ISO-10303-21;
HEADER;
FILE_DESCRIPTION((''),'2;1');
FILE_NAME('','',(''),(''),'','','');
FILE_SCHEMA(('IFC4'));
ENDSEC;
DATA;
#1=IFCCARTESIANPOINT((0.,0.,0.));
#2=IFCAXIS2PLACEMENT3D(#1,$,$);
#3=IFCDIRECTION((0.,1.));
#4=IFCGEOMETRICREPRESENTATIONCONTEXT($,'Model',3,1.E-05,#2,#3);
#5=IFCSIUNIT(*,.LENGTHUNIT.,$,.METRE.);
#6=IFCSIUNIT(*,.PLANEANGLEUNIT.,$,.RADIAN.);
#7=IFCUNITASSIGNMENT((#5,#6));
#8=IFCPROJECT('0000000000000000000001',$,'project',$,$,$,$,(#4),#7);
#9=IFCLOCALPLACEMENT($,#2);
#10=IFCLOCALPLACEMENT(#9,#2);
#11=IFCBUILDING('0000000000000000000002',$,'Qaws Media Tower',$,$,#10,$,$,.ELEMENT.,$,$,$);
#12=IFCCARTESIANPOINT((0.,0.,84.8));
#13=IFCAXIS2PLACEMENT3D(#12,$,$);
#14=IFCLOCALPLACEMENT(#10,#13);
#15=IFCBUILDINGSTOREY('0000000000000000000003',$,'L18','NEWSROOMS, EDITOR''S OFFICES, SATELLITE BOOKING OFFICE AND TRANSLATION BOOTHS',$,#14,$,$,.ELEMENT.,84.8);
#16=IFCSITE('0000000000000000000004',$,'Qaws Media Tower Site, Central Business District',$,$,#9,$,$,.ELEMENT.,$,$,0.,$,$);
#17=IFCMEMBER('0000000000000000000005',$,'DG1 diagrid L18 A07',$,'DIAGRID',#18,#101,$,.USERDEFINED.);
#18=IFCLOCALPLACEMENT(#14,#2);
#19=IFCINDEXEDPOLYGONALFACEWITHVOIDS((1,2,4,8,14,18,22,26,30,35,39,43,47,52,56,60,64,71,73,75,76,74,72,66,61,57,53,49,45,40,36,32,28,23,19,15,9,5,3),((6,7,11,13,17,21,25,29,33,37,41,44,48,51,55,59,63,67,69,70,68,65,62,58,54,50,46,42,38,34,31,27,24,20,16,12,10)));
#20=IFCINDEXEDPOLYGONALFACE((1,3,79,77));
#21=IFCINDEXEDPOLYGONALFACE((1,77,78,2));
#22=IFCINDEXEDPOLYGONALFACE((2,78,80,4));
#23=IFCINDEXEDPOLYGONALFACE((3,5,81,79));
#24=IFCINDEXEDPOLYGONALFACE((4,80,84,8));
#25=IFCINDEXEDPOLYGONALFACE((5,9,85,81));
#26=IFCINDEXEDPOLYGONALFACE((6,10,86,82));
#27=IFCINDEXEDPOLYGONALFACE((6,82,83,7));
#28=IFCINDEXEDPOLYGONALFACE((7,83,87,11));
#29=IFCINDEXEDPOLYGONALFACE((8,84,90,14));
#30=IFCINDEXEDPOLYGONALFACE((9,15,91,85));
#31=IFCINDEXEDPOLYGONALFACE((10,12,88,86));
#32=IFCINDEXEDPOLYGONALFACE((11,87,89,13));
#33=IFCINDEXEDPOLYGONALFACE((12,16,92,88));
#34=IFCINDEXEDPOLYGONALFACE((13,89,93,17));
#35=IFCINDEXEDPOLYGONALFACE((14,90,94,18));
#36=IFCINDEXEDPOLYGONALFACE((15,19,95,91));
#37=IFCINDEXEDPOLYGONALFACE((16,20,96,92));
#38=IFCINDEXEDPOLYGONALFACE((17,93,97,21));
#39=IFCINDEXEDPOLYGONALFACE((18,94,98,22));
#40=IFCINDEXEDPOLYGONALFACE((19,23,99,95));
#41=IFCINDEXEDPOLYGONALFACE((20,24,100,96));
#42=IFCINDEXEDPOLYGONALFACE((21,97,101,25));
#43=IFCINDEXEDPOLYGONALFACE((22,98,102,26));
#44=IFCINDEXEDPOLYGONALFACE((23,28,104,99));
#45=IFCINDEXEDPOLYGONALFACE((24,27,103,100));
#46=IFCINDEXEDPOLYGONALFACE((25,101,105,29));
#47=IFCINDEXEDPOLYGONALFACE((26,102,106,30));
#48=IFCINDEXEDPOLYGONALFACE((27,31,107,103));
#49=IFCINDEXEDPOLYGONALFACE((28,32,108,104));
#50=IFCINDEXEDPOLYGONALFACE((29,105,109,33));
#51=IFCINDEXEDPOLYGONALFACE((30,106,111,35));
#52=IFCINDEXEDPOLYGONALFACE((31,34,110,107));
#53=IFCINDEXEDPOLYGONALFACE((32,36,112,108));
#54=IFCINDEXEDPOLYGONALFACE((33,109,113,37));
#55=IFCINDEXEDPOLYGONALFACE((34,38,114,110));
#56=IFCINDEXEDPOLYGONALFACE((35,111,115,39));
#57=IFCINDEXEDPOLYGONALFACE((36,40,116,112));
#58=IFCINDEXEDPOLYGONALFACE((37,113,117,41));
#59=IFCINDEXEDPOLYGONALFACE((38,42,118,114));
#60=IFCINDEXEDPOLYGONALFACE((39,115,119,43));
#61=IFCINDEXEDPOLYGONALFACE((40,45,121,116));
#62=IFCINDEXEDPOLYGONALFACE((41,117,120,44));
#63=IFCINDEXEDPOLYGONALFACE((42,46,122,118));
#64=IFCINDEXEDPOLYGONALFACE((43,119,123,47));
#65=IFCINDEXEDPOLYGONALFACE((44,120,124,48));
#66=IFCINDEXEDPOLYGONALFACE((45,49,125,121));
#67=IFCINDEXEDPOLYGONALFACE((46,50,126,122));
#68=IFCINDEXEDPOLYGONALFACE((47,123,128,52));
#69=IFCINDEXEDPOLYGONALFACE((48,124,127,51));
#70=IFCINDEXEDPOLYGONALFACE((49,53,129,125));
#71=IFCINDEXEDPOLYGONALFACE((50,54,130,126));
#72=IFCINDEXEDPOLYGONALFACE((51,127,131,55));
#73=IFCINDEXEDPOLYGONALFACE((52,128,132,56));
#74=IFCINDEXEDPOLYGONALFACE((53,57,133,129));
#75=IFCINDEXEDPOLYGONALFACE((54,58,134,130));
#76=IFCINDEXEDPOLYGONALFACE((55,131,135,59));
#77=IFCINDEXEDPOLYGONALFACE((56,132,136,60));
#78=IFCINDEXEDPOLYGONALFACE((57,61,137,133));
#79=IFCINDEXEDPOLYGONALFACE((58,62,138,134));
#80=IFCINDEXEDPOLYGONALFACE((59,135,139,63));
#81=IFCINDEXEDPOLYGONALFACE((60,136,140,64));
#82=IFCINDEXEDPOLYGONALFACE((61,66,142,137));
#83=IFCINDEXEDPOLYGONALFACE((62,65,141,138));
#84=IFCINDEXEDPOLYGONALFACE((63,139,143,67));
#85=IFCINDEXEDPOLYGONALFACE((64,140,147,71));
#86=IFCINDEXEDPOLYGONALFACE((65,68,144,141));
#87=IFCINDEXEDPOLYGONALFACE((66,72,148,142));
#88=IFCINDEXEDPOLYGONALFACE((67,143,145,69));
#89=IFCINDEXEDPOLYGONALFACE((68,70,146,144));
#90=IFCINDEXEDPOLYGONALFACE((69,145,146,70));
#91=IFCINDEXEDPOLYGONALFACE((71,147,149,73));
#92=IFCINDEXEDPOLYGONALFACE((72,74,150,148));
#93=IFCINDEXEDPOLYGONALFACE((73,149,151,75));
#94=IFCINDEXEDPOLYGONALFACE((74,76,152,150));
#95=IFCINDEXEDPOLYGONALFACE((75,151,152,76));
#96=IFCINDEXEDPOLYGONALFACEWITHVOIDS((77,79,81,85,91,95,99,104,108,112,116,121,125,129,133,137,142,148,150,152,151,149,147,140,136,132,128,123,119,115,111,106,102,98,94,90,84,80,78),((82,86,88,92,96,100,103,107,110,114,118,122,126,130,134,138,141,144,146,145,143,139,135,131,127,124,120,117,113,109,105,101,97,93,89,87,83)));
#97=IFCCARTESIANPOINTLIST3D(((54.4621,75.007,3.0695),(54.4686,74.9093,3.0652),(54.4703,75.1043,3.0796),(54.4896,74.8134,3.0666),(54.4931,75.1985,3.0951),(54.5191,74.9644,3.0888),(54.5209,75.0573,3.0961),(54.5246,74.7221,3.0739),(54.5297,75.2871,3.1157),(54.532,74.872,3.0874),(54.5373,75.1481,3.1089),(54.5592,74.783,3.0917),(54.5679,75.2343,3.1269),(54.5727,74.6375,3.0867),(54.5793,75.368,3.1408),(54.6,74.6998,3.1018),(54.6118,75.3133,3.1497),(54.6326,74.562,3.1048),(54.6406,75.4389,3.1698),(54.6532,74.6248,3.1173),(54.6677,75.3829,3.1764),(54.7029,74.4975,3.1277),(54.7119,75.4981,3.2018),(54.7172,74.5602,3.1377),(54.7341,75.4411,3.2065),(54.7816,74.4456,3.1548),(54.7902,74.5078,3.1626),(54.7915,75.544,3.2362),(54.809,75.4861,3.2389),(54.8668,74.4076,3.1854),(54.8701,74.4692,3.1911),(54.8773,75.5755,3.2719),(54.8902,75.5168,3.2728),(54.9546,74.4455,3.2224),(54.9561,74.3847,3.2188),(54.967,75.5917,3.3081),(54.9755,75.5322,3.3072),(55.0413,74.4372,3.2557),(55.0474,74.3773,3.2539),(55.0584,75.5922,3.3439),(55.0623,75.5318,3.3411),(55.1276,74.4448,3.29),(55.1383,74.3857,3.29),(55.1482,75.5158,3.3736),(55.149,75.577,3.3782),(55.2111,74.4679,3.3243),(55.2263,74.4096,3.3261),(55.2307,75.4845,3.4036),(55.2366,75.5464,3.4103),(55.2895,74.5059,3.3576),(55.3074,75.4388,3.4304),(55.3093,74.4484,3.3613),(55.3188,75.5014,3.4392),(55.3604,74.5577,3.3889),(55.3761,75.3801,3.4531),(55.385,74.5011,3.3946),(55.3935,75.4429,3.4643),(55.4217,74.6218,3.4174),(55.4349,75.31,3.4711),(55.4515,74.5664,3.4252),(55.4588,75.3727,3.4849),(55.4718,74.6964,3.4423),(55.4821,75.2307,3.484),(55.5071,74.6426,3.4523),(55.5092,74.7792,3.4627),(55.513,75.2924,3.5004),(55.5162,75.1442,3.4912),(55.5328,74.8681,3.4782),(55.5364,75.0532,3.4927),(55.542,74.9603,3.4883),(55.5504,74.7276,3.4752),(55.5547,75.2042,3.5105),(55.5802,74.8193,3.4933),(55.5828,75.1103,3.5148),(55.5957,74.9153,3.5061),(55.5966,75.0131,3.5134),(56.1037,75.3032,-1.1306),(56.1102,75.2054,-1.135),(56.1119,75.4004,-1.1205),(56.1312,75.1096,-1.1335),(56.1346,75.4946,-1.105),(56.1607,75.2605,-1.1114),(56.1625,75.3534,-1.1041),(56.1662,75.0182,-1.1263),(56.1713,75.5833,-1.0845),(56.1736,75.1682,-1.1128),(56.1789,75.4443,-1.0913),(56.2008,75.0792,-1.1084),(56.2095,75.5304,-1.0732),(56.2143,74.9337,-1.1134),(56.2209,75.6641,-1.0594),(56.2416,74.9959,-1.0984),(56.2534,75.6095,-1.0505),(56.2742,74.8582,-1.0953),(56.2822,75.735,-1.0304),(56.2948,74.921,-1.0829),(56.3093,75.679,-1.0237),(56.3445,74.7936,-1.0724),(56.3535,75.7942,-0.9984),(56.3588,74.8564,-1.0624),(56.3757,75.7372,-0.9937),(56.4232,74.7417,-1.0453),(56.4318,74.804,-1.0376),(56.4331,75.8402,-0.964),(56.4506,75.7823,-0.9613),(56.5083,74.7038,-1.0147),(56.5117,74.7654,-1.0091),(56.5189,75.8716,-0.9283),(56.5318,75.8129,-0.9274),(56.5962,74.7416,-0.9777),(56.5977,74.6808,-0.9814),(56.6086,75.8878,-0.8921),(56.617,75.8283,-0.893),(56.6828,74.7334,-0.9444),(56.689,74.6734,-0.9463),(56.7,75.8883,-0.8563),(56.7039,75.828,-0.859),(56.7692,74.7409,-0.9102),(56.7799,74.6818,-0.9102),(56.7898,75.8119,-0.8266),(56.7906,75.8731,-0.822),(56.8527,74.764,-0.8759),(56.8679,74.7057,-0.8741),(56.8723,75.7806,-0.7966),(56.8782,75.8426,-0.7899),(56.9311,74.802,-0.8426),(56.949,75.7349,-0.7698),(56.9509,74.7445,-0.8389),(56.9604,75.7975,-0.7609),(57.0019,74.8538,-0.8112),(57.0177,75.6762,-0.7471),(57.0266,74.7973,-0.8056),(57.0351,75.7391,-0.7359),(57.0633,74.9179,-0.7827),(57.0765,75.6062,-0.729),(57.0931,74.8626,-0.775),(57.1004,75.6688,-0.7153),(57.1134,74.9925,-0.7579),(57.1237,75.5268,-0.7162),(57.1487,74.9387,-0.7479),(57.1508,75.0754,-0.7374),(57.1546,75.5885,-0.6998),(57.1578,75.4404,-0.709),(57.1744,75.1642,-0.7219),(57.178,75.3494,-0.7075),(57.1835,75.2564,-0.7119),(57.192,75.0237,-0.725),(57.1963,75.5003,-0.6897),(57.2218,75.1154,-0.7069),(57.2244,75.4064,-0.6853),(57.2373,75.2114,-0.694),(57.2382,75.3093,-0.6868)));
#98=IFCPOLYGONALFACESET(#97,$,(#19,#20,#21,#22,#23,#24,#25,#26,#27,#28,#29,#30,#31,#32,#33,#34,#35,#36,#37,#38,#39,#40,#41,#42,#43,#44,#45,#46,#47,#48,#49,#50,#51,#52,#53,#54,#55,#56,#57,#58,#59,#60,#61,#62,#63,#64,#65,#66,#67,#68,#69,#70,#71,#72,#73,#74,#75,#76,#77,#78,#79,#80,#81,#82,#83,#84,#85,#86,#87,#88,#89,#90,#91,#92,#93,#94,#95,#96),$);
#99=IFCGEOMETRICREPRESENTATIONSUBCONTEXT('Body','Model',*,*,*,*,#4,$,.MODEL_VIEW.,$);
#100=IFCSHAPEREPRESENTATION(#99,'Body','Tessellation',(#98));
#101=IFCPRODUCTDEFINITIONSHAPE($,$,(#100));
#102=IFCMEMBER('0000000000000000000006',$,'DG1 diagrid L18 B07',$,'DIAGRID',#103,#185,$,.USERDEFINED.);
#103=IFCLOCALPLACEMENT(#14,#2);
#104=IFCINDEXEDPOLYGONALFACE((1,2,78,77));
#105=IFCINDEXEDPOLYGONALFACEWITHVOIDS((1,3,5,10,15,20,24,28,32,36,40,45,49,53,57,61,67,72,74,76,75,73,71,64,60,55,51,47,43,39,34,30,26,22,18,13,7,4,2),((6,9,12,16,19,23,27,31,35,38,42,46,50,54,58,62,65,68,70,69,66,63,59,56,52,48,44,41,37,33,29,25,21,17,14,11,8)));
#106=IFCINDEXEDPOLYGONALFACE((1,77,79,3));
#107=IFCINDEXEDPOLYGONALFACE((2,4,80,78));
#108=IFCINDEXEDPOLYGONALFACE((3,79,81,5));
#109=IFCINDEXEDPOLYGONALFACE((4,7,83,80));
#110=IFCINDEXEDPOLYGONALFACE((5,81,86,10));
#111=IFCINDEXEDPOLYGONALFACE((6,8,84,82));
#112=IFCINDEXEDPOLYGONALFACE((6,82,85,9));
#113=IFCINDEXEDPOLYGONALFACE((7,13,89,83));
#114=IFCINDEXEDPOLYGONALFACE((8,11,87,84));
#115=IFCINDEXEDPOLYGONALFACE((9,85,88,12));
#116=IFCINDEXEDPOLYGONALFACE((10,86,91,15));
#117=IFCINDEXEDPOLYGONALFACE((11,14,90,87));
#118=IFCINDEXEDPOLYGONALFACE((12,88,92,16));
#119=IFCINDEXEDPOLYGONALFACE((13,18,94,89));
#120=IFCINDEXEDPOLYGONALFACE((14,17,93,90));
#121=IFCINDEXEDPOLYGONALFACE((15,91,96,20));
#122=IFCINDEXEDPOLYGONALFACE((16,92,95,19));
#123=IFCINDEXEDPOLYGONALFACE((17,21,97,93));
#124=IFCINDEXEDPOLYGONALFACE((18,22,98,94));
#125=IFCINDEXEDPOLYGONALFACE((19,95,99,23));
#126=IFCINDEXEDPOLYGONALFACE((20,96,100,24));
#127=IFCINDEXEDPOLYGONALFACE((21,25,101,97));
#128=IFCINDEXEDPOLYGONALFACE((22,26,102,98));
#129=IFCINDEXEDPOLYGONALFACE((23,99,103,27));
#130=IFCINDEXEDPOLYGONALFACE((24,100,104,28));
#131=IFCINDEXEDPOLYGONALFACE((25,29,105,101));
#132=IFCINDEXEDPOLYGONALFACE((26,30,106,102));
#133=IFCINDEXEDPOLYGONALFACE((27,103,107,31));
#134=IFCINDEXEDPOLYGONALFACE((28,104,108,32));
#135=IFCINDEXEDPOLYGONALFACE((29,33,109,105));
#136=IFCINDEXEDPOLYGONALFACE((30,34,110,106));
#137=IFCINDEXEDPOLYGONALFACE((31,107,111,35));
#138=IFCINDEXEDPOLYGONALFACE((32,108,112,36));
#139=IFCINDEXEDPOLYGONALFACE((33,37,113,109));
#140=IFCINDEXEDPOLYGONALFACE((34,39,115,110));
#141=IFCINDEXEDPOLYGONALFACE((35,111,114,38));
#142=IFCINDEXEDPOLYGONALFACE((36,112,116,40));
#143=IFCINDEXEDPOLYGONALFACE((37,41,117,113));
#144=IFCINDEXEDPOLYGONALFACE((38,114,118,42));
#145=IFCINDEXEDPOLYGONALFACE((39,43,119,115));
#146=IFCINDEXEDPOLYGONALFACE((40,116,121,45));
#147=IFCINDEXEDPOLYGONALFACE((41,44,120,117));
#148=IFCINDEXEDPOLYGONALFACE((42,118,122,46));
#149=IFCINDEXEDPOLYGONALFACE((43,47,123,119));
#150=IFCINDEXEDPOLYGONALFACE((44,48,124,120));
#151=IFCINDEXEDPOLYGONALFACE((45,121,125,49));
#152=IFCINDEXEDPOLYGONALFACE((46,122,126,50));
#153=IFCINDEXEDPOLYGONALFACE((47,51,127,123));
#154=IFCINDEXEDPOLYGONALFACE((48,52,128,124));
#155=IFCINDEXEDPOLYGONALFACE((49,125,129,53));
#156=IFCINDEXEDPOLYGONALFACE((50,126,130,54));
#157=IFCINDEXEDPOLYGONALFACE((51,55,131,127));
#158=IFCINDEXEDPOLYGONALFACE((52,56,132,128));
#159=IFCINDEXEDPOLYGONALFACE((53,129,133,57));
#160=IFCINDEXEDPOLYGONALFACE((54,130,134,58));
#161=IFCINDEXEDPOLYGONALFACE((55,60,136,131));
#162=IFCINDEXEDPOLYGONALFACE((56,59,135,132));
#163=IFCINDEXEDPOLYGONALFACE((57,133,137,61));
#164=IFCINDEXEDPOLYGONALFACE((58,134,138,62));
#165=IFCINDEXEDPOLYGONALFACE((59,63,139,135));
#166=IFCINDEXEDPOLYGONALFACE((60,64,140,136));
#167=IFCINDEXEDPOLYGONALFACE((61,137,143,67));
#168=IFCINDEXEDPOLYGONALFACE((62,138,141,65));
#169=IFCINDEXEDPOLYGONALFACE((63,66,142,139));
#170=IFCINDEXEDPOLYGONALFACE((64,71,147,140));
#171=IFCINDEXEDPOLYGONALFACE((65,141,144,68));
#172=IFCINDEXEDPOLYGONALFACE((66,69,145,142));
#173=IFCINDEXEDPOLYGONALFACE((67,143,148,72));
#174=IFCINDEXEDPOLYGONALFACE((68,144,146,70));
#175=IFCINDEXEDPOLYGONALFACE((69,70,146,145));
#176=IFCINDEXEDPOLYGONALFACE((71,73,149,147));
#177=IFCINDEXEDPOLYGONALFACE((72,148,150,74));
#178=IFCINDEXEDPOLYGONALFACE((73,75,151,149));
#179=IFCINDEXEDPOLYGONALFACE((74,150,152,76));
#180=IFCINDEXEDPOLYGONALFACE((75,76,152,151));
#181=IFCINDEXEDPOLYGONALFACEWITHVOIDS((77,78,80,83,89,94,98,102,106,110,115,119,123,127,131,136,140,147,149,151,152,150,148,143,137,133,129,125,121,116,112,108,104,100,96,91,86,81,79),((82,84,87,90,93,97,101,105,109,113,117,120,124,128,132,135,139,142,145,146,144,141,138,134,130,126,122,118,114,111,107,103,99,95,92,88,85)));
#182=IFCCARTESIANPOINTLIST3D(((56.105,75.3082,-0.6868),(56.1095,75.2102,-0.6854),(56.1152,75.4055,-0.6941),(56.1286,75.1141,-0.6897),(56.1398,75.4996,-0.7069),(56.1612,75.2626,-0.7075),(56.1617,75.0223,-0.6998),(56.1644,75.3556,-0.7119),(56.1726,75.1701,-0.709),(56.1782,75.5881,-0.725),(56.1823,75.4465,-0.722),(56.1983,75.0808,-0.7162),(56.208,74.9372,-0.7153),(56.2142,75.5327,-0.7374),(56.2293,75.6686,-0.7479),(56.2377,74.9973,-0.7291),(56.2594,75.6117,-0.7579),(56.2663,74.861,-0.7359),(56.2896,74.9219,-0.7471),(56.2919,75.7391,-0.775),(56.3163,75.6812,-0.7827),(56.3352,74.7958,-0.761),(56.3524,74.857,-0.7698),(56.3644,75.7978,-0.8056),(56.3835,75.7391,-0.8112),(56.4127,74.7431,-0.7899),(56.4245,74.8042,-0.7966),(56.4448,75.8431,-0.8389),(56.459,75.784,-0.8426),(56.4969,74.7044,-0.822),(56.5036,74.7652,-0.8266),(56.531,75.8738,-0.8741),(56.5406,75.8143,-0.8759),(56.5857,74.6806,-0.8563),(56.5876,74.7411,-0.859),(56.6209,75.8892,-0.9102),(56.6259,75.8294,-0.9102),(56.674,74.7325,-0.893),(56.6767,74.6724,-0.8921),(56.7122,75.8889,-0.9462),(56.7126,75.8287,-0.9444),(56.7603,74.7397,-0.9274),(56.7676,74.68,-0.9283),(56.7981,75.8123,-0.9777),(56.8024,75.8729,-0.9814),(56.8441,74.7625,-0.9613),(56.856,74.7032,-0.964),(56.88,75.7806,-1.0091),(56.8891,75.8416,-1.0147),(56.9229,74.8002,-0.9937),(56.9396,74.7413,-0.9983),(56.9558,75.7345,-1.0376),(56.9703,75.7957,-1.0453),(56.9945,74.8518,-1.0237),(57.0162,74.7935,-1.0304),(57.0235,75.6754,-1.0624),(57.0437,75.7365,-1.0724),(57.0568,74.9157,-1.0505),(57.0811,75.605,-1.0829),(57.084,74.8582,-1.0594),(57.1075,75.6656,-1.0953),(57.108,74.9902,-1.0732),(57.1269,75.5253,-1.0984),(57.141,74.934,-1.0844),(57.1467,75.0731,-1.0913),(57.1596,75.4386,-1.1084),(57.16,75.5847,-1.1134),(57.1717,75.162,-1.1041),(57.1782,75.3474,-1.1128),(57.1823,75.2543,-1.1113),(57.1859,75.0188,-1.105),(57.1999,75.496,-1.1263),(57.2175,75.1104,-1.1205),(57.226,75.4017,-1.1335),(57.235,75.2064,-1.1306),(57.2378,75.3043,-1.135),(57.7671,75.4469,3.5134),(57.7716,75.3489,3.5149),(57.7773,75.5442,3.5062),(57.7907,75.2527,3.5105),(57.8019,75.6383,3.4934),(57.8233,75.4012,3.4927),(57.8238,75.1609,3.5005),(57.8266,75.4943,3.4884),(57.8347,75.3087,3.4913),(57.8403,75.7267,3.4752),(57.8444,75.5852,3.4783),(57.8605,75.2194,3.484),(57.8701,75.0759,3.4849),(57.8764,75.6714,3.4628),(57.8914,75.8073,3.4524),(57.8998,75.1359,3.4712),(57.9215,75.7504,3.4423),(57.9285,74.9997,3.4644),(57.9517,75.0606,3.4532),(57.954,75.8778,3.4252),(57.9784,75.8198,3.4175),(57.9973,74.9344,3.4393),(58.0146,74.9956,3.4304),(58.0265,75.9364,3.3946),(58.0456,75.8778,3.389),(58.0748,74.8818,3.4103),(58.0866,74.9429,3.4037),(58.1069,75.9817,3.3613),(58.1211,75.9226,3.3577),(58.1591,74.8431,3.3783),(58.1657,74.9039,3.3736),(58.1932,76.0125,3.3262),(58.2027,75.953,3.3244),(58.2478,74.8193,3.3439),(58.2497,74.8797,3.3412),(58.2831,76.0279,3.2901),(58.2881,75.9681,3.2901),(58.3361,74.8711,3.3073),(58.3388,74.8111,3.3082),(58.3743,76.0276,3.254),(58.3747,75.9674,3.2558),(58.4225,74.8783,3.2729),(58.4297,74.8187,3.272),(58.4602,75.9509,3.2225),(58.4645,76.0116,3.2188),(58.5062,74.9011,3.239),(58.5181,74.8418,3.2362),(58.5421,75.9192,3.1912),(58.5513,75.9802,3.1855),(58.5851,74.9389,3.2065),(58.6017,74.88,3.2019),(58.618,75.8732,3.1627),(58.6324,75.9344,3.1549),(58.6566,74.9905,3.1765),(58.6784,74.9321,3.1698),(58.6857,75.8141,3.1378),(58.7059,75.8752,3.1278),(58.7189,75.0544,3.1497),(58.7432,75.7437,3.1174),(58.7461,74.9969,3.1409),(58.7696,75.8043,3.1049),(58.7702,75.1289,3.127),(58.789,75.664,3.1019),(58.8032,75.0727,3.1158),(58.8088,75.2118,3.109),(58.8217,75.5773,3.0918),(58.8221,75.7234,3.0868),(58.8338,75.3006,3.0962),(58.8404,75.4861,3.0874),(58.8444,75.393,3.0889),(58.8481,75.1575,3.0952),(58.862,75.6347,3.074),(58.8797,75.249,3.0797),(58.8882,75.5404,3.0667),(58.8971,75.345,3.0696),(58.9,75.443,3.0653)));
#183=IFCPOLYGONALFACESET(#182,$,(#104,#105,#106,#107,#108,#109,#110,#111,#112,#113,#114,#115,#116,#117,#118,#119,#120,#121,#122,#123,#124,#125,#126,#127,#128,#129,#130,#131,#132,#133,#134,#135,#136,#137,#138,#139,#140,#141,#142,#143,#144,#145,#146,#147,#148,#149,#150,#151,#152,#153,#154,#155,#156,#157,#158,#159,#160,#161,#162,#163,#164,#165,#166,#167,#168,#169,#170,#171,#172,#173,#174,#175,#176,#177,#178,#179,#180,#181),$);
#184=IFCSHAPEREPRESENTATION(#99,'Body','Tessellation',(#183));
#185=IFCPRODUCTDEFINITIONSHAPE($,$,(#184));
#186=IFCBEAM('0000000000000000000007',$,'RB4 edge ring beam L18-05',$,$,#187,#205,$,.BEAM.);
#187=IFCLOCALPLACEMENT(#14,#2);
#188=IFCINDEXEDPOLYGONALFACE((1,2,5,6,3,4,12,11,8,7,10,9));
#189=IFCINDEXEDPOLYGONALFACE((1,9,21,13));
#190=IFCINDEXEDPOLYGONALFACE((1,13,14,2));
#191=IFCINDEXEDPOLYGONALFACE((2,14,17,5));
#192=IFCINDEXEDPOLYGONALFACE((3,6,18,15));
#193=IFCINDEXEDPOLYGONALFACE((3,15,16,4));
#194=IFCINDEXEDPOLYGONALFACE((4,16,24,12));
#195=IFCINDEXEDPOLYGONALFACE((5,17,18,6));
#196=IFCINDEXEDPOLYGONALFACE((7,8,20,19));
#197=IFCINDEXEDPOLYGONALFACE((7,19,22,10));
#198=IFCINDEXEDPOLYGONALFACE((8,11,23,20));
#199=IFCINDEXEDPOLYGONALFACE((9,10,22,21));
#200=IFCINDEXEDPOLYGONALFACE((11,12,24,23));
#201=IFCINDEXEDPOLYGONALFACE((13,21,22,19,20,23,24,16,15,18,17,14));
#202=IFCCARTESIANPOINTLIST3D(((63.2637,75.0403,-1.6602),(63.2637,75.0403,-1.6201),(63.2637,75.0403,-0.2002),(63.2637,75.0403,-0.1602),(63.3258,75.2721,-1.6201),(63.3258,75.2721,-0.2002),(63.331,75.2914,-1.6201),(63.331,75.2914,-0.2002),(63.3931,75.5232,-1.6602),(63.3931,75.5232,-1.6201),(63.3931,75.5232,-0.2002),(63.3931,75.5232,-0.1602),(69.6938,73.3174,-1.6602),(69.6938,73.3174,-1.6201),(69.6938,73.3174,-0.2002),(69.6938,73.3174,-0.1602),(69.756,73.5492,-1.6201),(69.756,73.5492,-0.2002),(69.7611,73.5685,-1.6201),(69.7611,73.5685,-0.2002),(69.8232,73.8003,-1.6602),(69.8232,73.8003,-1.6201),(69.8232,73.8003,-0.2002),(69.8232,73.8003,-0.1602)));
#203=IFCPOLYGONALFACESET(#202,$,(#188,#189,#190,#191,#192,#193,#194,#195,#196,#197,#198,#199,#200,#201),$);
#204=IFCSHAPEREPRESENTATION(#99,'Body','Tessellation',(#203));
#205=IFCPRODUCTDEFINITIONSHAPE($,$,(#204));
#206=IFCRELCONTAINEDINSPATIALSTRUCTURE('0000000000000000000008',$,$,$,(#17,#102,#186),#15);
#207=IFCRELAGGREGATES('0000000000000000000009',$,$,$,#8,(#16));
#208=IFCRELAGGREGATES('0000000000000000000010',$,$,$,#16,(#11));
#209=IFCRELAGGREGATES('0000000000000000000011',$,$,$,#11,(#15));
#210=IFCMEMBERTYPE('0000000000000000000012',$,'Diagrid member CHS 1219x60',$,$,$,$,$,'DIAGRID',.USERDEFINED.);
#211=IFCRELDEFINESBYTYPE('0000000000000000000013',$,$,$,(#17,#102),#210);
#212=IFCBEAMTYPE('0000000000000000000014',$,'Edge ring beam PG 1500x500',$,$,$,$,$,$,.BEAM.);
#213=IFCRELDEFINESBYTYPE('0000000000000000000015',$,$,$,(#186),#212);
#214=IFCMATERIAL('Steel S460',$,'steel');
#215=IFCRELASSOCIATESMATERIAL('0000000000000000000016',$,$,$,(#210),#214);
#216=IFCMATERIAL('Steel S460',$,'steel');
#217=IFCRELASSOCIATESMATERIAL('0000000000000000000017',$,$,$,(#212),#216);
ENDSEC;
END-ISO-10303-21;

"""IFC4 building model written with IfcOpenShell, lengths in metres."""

from ifc_helpers import new_model, si_unit, direction, frame, origin, origin_2d, place, context, subcontext, project, spatial, hollow_circle, i_section, extrude, material, material_profile, profile_set, type_object, element, save


model = new_model("IFC4")

# Units and contexts
model_context = context("Model", 3, precision=1e-05, world=origin(), true_north=direction((0.0, 1.0)))
body_context = subcontext(model_context, "Body", "Model", "MODEL_VIEW")
ifc_project = project(units=[si_unit("LENGTHUNIT", "METRE"), si_unit("PLANEANGLEUNIT", "RADIAN")], contexts=[model_context])

# Site, building, storey
site_placement = place(None, origin())
site = spatial("IfcSite", under=ifc_project, at=site_placement, Name="Qaws Media Tower Site, Central Business District", CompositionType="ELEMENT", RefElevation=0.0)
building_placement = place(site_placement, origin())
building = spatial("IfcBuilding", under=site, at=building_placement, Name="Qaws Media Tower", CompositionType="ELEMENT")
storey_placement = place(building_placement, frame((0.0, 0.0, 84.8)))
storey = spatial("IfcBuildingStorey", under=building, at=storey_placement, Name="L18", Description="NEWSROOMS, EDITOR'S OFFICES, SATELLITE BOOKING OFFICE AND TRANSLATION BOOTHS", CompositionType="ELEMENT", Elevation=84.8)

# Members
ifc_material_1 = material(Name="Steel S460", Category="steel")
ifc_material_profile_1 = material_profile(ifc_material_1, hollow_circle(Radius=0.6096, WallThickness=0.0601, at=origin_2d()), Name="CHS 1219x60")
ifc_profile_set_1 = profile_set([ifc_material_profile_1], Name="Steel S460")
member_type_1 = type_object("IfcMemberType", Name="Diagrid member CHS 1219x60", ElementType="DIAGRID", PredefinedType="USERDEFINED", material=ifc_profile_set_1)
for number, where, z_axis, x_axis, name in (
    (1, (56.6716, 75.2817, -0.9102), (-0.363241, -0.065528, 0.929388), (0.177533, -0.984115, 0.0), "DG1 diagrid L18 A07"),
    (2, (56.6716, 75.2817, -0.9102), (0.367786, 0.030685, 0.929404), (-0.083142, 0.996538, 0.0), "DG1 diagrid L18 B07"),
):
    element("IfcMember", number, at=place(storey_placement, frame(where, z_axis=z_axis, x_axis=x_axis)), inside=storey, type_object=member_type_1, Name=name, ObjectType="DIAGRID", PredefinedType="USERDEFINED", context=body_context, shape_type="SweptSolid", body=[
        extrude(hollow_circle(Radius=0.6096, WallThickness=0.0601, at=origin_2d()), origin(), (0.0, 0.0, 1.0), 4.5193),
    ])

# Beam
ifc_material_2 = material(Name="Steel S460", Category="steel")
ifc_material_profile_2 = material_profile(ifc_material_2, i_section(OverallWidth=0.5, OverallDepth=1.5, WebThickness=0.02, FlangeThickness=0.04, at=origin_2d()), Name="PG 1500x500")
ifc_profile_set_2 = profile_set([ifc_material_profile_2], Name="Steel S460")
beam_type = type_object("IfcBeamType", Name="Edge ring beam PG 1500x500", PredefinedType="BEAM", material=ifc_profile_set_2)
beam_1_placement = place(storey_placement, frame((69.7585, 73.5588, -0.9102), z_axis=(-0.965928, 0.258811, 0.0), x_axis=(-0.258811, -0.965928, 0.0)))
element("IfcBeam", 3, at=beam_1_placement, inside=storey, type_object=beam_type, Name="RB4 edge ring beam L18-05", PredefinedType="BEAM", context=body_context, shape_type="SweptSolid", body=[
    extrude(i_section(OverallWidth=0.5, OverallDepth=1.5, WebThickness=0.02, FlangeThickness=0.04, at=origin_2d()), origin(), (0.0, 0.0, 1.0), 6.657),
])

save(model, "model.ifc")
